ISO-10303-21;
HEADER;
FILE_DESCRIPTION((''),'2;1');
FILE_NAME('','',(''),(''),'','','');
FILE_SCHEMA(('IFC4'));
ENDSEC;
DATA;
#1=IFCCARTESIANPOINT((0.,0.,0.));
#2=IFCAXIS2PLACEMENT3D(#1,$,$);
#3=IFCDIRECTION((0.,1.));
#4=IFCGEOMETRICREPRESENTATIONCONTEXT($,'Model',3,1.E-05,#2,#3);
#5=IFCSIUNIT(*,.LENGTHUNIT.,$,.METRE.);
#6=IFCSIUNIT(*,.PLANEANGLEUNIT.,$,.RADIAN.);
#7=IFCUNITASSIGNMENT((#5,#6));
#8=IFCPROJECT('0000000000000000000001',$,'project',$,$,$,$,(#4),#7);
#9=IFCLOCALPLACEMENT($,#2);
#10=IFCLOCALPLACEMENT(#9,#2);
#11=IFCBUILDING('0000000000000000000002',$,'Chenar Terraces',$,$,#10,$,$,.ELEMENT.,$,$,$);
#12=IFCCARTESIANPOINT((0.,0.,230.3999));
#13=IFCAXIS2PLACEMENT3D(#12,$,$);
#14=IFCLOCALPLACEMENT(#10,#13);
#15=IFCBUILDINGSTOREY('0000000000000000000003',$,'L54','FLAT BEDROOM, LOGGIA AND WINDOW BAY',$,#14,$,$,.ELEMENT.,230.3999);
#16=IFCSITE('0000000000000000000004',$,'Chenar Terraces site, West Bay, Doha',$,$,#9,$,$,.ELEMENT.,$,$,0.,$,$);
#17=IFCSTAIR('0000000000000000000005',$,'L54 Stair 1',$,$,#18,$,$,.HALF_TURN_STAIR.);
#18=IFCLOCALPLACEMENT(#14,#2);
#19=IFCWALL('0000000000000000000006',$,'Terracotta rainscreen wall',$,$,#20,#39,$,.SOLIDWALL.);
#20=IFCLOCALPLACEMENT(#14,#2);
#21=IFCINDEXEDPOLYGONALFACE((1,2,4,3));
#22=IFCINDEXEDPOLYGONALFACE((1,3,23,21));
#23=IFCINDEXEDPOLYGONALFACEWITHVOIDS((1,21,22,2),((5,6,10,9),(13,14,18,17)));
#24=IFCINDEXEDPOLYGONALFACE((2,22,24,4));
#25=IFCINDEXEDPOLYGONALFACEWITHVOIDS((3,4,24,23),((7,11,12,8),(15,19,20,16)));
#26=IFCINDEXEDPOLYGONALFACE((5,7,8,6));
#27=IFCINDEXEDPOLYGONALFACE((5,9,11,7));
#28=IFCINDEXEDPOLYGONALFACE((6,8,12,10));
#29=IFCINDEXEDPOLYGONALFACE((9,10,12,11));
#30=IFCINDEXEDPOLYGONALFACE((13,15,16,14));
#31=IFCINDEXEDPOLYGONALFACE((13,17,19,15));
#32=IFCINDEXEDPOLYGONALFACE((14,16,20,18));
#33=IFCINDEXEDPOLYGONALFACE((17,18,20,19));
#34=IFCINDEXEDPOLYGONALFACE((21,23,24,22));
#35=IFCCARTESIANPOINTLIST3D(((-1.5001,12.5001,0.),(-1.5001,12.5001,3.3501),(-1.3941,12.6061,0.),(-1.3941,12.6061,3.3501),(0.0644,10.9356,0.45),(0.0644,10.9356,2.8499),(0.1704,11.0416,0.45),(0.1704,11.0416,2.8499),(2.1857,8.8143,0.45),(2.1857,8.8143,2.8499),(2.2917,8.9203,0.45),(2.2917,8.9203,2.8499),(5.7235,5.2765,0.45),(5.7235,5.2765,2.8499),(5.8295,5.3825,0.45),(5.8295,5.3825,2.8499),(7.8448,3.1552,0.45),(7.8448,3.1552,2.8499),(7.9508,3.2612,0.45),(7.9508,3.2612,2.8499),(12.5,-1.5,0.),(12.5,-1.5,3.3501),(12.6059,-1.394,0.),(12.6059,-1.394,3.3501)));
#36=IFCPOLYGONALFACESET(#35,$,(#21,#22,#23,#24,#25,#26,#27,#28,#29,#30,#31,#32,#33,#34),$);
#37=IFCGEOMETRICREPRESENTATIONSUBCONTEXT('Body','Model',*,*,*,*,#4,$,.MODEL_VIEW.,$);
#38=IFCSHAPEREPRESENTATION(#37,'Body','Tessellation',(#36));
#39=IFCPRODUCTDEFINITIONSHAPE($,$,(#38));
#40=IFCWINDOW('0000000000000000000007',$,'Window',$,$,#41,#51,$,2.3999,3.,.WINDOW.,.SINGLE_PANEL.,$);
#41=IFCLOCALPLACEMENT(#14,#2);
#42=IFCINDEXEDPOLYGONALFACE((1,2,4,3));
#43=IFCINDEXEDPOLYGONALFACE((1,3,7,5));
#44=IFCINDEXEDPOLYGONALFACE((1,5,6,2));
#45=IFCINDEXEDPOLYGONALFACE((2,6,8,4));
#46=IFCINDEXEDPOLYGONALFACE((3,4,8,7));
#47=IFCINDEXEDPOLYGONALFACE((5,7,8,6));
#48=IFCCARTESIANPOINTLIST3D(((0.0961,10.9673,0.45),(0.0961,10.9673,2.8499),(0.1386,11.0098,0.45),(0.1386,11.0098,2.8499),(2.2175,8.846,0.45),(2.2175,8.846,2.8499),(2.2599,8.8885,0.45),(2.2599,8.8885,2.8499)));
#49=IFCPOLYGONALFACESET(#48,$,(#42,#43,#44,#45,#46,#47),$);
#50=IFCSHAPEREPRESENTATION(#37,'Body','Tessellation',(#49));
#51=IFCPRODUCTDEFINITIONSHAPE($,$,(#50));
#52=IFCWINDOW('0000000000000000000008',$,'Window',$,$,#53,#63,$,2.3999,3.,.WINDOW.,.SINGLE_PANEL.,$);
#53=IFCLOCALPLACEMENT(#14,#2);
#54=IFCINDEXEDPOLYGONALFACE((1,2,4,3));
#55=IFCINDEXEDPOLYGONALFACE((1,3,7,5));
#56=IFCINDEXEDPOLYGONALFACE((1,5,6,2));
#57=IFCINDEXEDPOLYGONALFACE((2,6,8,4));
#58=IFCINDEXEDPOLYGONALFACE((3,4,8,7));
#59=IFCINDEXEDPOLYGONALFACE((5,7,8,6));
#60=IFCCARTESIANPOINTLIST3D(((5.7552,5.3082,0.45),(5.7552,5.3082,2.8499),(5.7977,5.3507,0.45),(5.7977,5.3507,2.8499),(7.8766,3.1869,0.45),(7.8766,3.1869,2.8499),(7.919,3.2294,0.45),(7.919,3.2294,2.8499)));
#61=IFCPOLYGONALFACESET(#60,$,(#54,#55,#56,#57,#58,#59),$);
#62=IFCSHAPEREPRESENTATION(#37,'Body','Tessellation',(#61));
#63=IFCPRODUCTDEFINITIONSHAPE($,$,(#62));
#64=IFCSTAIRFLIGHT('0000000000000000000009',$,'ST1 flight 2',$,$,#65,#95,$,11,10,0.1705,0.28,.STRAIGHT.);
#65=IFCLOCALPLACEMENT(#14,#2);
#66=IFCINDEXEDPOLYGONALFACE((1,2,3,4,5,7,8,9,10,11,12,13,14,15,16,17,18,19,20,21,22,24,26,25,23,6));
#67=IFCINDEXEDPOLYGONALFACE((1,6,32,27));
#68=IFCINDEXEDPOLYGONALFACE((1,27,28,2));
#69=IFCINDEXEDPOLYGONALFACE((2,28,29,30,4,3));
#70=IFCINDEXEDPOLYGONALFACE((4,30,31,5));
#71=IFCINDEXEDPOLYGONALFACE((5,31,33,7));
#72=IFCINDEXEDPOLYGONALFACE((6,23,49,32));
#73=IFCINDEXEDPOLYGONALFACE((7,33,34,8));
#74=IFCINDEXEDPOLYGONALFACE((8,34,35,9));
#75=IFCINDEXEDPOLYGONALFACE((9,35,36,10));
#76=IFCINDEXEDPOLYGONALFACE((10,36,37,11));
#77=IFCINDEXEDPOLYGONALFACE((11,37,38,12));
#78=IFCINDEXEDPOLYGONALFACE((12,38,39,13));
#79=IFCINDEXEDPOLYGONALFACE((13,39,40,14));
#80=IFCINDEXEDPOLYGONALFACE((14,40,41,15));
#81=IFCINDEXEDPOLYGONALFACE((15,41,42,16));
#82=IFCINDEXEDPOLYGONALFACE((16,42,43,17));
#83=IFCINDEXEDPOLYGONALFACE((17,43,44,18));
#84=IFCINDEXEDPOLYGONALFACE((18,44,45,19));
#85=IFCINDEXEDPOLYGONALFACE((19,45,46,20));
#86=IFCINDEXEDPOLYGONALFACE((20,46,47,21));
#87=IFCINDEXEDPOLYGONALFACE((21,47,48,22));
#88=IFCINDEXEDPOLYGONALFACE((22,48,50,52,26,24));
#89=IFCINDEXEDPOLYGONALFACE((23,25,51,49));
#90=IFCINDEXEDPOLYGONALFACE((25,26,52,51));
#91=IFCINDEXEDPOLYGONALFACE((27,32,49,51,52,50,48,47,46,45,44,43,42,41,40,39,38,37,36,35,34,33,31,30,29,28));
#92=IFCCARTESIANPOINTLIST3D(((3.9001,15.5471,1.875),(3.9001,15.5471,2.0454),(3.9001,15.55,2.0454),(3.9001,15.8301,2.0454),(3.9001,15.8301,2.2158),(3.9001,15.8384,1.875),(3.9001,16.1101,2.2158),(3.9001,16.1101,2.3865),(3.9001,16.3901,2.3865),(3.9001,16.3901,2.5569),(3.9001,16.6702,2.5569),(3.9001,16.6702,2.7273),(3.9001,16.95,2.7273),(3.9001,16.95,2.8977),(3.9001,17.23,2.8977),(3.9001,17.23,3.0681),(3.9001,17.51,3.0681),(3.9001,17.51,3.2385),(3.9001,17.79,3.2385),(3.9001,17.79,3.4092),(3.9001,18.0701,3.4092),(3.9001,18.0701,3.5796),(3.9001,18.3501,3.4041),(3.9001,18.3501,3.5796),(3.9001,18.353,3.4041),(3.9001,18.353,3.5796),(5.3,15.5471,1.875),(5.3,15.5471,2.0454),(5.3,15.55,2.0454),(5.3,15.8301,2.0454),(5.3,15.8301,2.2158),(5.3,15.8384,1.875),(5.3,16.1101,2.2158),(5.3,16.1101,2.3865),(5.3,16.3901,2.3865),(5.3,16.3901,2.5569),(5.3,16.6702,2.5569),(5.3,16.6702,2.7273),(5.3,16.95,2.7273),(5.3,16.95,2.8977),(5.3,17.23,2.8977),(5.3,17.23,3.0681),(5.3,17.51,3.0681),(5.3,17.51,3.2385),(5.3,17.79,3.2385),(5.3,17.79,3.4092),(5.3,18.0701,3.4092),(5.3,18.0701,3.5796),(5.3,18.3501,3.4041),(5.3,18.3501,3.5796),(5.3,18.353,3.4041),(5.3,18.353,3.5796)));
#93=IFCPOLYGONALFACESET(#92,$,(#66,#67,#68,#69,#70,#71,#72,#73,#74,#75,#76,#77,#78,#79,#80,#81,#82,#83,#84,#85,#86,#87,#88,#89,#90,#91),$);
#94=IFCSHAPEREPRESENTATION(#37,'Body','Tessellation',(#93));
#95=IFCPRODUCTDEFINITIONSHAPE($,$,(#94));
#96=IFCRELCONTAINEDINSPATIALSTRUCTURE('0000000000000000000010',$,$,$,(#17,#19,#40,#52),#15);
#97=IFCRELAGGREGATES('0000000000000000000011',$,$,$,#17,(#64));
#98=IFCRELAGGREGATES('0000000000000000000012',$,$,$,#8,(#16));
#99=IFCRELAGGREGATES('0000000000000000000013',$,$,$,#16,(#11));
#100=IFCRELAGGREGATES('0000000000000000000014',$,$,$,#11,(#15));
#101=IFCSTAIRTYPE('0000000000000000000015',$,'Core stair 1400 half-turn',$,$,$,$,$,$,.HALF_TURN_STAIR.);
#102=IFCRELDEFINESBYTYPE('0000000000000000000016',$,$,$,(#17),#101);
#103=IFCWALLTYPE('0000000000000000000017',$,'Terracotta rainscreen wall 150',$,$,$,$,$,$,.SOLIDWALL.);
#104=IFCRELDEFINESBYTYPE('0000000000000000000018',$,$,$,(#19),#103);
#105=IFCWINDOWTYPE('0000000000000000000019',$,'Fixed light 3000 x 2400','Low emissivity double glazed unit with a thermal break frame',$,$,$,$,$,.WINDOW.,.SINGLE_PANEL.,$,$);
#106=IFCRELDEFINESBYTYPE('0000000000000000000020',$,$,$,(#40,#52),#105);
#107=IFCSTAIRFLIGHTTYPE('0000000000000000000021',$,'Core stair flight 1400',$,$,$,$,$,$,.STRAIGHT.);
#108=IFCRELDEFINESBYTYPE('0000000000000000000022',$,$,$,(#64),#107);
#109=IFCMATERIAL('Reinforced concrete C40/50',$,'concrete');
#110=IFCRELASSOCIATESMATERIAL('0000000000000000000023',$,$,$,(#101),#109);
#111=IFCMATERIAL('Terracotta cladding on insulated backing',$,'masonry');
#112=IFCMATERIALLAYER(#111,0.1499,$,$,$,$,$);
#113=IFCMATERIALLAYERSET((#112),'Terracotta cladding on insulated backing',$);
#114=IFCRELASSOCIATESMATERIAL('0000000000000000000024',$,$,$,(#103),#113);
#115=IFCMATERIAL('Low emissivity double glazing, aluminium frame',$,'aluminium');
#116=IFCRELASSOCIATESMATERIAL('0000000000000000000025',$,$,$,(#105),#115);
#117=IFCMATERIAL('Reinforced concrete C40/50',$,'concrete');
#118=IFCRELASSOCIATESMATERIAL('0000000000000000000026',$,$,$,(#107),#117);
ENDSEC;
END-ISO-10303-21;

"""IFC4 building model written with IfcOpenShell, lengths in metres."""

from ifc_helpers import new_model, si_unit, direction, frame, frame_2d, origin, place, context, subcontext, project, spatial, polyline, rectangle, outline, extrude, material, layer, layer_set, type_object, element, fill, aggregate, save


model = new_model("IFC4")

# Units and contexts
model_context = context("Model", 3, precision=1e-05, world=origin(), true_north=direction((0.0, 1.0)))
body_context = subcontext(model_context, "Body", "Model", "MODEL_VIEW")
ifc_project = project(units=[si_unit("LENGTHUNIT", "METRE"), si_unit("PLANEANGLEUNIT", "RADIAN")], contexts=[model_context])

# Site, building, storey
site_placement = place(None, origin())
site = spatial("IfcSite", under=ifc_project, at=site_placement, Name="Chenar Terraces site, West Bay, Doha", CompositionType="ELEMENT", RefElevation=0.0)
building_placement = place(site_placement, origin())
building = spatial("IfcBuilding", under=site, at=building_placement, Name="Chenar Terraces", CompositionType="ELEMENT")
storey_placement = place(building_placement, frame((0.0, 0.0, 230.3999)))
storey = spatial("IfcBuildingStorey", under=building, at=storey_placement, Name="L54", Description="FLAT BEDROOM, LOGGIA AND WINDOW BAY", CompositionType="ELEMENT", Elevation=230.3999)

# Stair
ifc_material_1 = material(Name="Reinforced concrete C40/50", Category="concrete")
stair_type = type_object("IfcStairType", Name="Core stair 1400 half-turn", PredefinedType="HALF_TURN_STAIR", material=ifc_material_1)
placement_1 = place(storey_placement, origin())
stair_1 = element("IfcStair", 1, at=placement_1, inside=storey, type_object=stair_type, Name="L54 Stair 1", PredefinedType="HALF_TURN_STAIR")

# Wall, openings, windows
ifc_material_2 = material(Name="Terracotta cladding on insulated backing", Category="masonry")
ifc_layer_1 = layer(ifc_material_2, 0.1499)
ifc_layer_set_1 = layer_set([ifc_layer_1], Name="Terracotta cladding on insulated backing")
wall_type_1 = type_object("IfcWallType", Name="Terracotta rainscreen wall 150", PredefinedType="SOLIDWALL", material=ifc_layer_set_1)
wall_1_placement = place(storey_placement, frame((-1.447, 12.553, 0.0), z_axis=(0.0, 0.0, 1.0), x_axis=(0.707107, -0.707107, 0.0)))
wall_1 = element("IfcWall", 2, at=wall_1_placement, inside=storey, type_object=wall_type_1, Name="Terracotta rainscreen wall", PredefinedType="SOLIDWALL", context=body_context, shape_type="SweptSolid", body=[
    extrude(rectangle(XDim=19.7991, YDim=0.1499, at=frame_2d((9.8994, 0.0))), origin(), (0.0, 0.0, 1.0), 3.3501),
])
opening_1_placement = place(wall_1_placement, frame((2.2124, 0.0, 0.45)))
opening_1 = element("IfcOpeningElement", 3, at=opening_1_placement, cuts=wall_1, PredefinedType="OPENING", context=body_context, shape_type="SweptSolid", body=[
    extrude(rectangle(XDim=3.0, YDim=2.3999, at=frame_2d((1.5, 1.2))), frame((0.0, 0.085, 0.0), z_axis=(0.0, -1.0, 0.0), x_axis=(1.0, 0.0, 0.0)), (0.0, 0.0, 1.0), 0.1699),
])
opening_2_placement = place(wall_1_placement, frame((10.2156, 0.0, 0.45)))
opening_2 = element("IfcOpeningElement", 4, at=opening_2_placement, cuts=wall_1, PredefinedType="OPENING", context=body_context, shape_type="SweptSolid", body=[
    extrude(rectangle(XDim=3.0, YDim=2.3999, at=frame_2d((1.5, 1.2))), frame((0.0, 0.085, 0.0), z_axis=(0.0, -1.0, 0.0), x_axis=(1.0, 0.0, 0.0)), (0.0, 0.0, 1.0), 0.1699),
])
ifc_material_3 = material(Name="Low emissivity double glazing, aluminium frame", Category="aluminium")
window_type = type_object("IfcWindowType", Name="Fixed light 3000 x 2400", Description="Low emissivity double glazed unit with a thermal break frame", PartitioningType="SINGLE_PANEL", PredefinedType="WINDOW", material=ifc_material_3)
window_1_placement = place(opening_1_placement, origin())
window_1 = element("IfcWindow", 5, at=window_1_placement, inside=storey, type_object=window_type, Name="Window", OverallHeight=2.3999, OverallWidth=3.0, PartitioningType="SINGLE_PANEL", PredefinedType="WINDOW", context=body_context, shape_type="SweptSolid", body=[
    extrude(rectangle(XDim=3.0, YDim=2.3999, at=frame_2d((1.5, 1.2))), frame((0.0, 0.03, 0.0), z_axis=(0.0, -1.0, 0.0), x_axis=(1.0, 0.0, 0.0)), (0.0, 0.0, 1.0), 0.0601),
])
fill(opening_1, window_1)
window_2_placement = place(opening_2_placement, origin())
window_2 = element("IfcWindow", 6, at=window_2_placement, inside=storey, type_object=window_type, Name="Window", OverallHeight=2.3999, OverallWidth=3.0, PartitioningType="SINGLE_PANEL", PredefinedType="WINDOW", context=body_context, shape_type="SweptSolid", body=[
    extrude(rectangle(XDim=3.0, YDim=2.3999, at=frame_2d((1.5, 1.2))), frame((0.0, 0.03, 0.0), z_axis=(0.0, -1.0, 0.0), x_axis=(1.0, 0.0, 0.0)), (0.0, 0.0, 1.0), 0.0601),
])
fill(opening_2, window_2)

# Stair flight
ifc_material_4 = material(Name="Reinforced concrete C40/50", Category="concrete")
stair_flight_type = type_object("IfcStairFlightType", Name="Core stair flight 1400", PredefinedType="STRAIGHT", material=ifc_material_4)
stair_flight_placement = place(storey_placement, frame((4.6001, 15.55, 1.875), z_axis=(0.0, 0.0, 1.0), x_axis=(0.0, 1.0, 0.0)))
stair_flight = element("IfcStairFlight", 7, at=stair_flight_placement, type_object=stair_flight_type, Name="ST1 flight 2", NumberOfRisers=11, NumberOfTreads=10, PredefinedType="STRAIGHT", RiserHeight=0.1705, TreadLength=0.28, context=body_context, shape_type="SweptSolid", body=[
    extrude(outline(polyline([(-0.0029, 0.0), (-0.0029, 0.1704), (0.0, 0.1704), (0.28, 0.1704), (0.28, 0.3408), (0.5601, 0.3408), (0.5601, 0.5115), (0.8401, 0.5115), (0.8401, 0.6819), (1.1201, 0.6819), (1.1201, 0.8523), (1.3999, 0.8523), (1.3999, 1.0227), (1.6799, 1.0227), (1.6799, 1.1931), (1.96, 1.1931), (1.96, 1.3635), (2.24, 1.3635), (2.24, 1.5342), (2.52, 1.5342), (2.52, 1.7046), (2.8, 1.7046), (2.803, 1.7046), (2.803, 1.5291), (2.8, 1.5291), (0.2883, 0.0), (-0.0029, 0.0)])), frame((0.0, 0.7, 0.0), z_axis=(0.0, -1.0, 0.0), x_axis=(1.0, 0.0, 0.0)), (0.0, 0.0, 1.0), 1.3999),
])
aggregate(stair_1, [stair_flight])

save(model, "model.ifc")
